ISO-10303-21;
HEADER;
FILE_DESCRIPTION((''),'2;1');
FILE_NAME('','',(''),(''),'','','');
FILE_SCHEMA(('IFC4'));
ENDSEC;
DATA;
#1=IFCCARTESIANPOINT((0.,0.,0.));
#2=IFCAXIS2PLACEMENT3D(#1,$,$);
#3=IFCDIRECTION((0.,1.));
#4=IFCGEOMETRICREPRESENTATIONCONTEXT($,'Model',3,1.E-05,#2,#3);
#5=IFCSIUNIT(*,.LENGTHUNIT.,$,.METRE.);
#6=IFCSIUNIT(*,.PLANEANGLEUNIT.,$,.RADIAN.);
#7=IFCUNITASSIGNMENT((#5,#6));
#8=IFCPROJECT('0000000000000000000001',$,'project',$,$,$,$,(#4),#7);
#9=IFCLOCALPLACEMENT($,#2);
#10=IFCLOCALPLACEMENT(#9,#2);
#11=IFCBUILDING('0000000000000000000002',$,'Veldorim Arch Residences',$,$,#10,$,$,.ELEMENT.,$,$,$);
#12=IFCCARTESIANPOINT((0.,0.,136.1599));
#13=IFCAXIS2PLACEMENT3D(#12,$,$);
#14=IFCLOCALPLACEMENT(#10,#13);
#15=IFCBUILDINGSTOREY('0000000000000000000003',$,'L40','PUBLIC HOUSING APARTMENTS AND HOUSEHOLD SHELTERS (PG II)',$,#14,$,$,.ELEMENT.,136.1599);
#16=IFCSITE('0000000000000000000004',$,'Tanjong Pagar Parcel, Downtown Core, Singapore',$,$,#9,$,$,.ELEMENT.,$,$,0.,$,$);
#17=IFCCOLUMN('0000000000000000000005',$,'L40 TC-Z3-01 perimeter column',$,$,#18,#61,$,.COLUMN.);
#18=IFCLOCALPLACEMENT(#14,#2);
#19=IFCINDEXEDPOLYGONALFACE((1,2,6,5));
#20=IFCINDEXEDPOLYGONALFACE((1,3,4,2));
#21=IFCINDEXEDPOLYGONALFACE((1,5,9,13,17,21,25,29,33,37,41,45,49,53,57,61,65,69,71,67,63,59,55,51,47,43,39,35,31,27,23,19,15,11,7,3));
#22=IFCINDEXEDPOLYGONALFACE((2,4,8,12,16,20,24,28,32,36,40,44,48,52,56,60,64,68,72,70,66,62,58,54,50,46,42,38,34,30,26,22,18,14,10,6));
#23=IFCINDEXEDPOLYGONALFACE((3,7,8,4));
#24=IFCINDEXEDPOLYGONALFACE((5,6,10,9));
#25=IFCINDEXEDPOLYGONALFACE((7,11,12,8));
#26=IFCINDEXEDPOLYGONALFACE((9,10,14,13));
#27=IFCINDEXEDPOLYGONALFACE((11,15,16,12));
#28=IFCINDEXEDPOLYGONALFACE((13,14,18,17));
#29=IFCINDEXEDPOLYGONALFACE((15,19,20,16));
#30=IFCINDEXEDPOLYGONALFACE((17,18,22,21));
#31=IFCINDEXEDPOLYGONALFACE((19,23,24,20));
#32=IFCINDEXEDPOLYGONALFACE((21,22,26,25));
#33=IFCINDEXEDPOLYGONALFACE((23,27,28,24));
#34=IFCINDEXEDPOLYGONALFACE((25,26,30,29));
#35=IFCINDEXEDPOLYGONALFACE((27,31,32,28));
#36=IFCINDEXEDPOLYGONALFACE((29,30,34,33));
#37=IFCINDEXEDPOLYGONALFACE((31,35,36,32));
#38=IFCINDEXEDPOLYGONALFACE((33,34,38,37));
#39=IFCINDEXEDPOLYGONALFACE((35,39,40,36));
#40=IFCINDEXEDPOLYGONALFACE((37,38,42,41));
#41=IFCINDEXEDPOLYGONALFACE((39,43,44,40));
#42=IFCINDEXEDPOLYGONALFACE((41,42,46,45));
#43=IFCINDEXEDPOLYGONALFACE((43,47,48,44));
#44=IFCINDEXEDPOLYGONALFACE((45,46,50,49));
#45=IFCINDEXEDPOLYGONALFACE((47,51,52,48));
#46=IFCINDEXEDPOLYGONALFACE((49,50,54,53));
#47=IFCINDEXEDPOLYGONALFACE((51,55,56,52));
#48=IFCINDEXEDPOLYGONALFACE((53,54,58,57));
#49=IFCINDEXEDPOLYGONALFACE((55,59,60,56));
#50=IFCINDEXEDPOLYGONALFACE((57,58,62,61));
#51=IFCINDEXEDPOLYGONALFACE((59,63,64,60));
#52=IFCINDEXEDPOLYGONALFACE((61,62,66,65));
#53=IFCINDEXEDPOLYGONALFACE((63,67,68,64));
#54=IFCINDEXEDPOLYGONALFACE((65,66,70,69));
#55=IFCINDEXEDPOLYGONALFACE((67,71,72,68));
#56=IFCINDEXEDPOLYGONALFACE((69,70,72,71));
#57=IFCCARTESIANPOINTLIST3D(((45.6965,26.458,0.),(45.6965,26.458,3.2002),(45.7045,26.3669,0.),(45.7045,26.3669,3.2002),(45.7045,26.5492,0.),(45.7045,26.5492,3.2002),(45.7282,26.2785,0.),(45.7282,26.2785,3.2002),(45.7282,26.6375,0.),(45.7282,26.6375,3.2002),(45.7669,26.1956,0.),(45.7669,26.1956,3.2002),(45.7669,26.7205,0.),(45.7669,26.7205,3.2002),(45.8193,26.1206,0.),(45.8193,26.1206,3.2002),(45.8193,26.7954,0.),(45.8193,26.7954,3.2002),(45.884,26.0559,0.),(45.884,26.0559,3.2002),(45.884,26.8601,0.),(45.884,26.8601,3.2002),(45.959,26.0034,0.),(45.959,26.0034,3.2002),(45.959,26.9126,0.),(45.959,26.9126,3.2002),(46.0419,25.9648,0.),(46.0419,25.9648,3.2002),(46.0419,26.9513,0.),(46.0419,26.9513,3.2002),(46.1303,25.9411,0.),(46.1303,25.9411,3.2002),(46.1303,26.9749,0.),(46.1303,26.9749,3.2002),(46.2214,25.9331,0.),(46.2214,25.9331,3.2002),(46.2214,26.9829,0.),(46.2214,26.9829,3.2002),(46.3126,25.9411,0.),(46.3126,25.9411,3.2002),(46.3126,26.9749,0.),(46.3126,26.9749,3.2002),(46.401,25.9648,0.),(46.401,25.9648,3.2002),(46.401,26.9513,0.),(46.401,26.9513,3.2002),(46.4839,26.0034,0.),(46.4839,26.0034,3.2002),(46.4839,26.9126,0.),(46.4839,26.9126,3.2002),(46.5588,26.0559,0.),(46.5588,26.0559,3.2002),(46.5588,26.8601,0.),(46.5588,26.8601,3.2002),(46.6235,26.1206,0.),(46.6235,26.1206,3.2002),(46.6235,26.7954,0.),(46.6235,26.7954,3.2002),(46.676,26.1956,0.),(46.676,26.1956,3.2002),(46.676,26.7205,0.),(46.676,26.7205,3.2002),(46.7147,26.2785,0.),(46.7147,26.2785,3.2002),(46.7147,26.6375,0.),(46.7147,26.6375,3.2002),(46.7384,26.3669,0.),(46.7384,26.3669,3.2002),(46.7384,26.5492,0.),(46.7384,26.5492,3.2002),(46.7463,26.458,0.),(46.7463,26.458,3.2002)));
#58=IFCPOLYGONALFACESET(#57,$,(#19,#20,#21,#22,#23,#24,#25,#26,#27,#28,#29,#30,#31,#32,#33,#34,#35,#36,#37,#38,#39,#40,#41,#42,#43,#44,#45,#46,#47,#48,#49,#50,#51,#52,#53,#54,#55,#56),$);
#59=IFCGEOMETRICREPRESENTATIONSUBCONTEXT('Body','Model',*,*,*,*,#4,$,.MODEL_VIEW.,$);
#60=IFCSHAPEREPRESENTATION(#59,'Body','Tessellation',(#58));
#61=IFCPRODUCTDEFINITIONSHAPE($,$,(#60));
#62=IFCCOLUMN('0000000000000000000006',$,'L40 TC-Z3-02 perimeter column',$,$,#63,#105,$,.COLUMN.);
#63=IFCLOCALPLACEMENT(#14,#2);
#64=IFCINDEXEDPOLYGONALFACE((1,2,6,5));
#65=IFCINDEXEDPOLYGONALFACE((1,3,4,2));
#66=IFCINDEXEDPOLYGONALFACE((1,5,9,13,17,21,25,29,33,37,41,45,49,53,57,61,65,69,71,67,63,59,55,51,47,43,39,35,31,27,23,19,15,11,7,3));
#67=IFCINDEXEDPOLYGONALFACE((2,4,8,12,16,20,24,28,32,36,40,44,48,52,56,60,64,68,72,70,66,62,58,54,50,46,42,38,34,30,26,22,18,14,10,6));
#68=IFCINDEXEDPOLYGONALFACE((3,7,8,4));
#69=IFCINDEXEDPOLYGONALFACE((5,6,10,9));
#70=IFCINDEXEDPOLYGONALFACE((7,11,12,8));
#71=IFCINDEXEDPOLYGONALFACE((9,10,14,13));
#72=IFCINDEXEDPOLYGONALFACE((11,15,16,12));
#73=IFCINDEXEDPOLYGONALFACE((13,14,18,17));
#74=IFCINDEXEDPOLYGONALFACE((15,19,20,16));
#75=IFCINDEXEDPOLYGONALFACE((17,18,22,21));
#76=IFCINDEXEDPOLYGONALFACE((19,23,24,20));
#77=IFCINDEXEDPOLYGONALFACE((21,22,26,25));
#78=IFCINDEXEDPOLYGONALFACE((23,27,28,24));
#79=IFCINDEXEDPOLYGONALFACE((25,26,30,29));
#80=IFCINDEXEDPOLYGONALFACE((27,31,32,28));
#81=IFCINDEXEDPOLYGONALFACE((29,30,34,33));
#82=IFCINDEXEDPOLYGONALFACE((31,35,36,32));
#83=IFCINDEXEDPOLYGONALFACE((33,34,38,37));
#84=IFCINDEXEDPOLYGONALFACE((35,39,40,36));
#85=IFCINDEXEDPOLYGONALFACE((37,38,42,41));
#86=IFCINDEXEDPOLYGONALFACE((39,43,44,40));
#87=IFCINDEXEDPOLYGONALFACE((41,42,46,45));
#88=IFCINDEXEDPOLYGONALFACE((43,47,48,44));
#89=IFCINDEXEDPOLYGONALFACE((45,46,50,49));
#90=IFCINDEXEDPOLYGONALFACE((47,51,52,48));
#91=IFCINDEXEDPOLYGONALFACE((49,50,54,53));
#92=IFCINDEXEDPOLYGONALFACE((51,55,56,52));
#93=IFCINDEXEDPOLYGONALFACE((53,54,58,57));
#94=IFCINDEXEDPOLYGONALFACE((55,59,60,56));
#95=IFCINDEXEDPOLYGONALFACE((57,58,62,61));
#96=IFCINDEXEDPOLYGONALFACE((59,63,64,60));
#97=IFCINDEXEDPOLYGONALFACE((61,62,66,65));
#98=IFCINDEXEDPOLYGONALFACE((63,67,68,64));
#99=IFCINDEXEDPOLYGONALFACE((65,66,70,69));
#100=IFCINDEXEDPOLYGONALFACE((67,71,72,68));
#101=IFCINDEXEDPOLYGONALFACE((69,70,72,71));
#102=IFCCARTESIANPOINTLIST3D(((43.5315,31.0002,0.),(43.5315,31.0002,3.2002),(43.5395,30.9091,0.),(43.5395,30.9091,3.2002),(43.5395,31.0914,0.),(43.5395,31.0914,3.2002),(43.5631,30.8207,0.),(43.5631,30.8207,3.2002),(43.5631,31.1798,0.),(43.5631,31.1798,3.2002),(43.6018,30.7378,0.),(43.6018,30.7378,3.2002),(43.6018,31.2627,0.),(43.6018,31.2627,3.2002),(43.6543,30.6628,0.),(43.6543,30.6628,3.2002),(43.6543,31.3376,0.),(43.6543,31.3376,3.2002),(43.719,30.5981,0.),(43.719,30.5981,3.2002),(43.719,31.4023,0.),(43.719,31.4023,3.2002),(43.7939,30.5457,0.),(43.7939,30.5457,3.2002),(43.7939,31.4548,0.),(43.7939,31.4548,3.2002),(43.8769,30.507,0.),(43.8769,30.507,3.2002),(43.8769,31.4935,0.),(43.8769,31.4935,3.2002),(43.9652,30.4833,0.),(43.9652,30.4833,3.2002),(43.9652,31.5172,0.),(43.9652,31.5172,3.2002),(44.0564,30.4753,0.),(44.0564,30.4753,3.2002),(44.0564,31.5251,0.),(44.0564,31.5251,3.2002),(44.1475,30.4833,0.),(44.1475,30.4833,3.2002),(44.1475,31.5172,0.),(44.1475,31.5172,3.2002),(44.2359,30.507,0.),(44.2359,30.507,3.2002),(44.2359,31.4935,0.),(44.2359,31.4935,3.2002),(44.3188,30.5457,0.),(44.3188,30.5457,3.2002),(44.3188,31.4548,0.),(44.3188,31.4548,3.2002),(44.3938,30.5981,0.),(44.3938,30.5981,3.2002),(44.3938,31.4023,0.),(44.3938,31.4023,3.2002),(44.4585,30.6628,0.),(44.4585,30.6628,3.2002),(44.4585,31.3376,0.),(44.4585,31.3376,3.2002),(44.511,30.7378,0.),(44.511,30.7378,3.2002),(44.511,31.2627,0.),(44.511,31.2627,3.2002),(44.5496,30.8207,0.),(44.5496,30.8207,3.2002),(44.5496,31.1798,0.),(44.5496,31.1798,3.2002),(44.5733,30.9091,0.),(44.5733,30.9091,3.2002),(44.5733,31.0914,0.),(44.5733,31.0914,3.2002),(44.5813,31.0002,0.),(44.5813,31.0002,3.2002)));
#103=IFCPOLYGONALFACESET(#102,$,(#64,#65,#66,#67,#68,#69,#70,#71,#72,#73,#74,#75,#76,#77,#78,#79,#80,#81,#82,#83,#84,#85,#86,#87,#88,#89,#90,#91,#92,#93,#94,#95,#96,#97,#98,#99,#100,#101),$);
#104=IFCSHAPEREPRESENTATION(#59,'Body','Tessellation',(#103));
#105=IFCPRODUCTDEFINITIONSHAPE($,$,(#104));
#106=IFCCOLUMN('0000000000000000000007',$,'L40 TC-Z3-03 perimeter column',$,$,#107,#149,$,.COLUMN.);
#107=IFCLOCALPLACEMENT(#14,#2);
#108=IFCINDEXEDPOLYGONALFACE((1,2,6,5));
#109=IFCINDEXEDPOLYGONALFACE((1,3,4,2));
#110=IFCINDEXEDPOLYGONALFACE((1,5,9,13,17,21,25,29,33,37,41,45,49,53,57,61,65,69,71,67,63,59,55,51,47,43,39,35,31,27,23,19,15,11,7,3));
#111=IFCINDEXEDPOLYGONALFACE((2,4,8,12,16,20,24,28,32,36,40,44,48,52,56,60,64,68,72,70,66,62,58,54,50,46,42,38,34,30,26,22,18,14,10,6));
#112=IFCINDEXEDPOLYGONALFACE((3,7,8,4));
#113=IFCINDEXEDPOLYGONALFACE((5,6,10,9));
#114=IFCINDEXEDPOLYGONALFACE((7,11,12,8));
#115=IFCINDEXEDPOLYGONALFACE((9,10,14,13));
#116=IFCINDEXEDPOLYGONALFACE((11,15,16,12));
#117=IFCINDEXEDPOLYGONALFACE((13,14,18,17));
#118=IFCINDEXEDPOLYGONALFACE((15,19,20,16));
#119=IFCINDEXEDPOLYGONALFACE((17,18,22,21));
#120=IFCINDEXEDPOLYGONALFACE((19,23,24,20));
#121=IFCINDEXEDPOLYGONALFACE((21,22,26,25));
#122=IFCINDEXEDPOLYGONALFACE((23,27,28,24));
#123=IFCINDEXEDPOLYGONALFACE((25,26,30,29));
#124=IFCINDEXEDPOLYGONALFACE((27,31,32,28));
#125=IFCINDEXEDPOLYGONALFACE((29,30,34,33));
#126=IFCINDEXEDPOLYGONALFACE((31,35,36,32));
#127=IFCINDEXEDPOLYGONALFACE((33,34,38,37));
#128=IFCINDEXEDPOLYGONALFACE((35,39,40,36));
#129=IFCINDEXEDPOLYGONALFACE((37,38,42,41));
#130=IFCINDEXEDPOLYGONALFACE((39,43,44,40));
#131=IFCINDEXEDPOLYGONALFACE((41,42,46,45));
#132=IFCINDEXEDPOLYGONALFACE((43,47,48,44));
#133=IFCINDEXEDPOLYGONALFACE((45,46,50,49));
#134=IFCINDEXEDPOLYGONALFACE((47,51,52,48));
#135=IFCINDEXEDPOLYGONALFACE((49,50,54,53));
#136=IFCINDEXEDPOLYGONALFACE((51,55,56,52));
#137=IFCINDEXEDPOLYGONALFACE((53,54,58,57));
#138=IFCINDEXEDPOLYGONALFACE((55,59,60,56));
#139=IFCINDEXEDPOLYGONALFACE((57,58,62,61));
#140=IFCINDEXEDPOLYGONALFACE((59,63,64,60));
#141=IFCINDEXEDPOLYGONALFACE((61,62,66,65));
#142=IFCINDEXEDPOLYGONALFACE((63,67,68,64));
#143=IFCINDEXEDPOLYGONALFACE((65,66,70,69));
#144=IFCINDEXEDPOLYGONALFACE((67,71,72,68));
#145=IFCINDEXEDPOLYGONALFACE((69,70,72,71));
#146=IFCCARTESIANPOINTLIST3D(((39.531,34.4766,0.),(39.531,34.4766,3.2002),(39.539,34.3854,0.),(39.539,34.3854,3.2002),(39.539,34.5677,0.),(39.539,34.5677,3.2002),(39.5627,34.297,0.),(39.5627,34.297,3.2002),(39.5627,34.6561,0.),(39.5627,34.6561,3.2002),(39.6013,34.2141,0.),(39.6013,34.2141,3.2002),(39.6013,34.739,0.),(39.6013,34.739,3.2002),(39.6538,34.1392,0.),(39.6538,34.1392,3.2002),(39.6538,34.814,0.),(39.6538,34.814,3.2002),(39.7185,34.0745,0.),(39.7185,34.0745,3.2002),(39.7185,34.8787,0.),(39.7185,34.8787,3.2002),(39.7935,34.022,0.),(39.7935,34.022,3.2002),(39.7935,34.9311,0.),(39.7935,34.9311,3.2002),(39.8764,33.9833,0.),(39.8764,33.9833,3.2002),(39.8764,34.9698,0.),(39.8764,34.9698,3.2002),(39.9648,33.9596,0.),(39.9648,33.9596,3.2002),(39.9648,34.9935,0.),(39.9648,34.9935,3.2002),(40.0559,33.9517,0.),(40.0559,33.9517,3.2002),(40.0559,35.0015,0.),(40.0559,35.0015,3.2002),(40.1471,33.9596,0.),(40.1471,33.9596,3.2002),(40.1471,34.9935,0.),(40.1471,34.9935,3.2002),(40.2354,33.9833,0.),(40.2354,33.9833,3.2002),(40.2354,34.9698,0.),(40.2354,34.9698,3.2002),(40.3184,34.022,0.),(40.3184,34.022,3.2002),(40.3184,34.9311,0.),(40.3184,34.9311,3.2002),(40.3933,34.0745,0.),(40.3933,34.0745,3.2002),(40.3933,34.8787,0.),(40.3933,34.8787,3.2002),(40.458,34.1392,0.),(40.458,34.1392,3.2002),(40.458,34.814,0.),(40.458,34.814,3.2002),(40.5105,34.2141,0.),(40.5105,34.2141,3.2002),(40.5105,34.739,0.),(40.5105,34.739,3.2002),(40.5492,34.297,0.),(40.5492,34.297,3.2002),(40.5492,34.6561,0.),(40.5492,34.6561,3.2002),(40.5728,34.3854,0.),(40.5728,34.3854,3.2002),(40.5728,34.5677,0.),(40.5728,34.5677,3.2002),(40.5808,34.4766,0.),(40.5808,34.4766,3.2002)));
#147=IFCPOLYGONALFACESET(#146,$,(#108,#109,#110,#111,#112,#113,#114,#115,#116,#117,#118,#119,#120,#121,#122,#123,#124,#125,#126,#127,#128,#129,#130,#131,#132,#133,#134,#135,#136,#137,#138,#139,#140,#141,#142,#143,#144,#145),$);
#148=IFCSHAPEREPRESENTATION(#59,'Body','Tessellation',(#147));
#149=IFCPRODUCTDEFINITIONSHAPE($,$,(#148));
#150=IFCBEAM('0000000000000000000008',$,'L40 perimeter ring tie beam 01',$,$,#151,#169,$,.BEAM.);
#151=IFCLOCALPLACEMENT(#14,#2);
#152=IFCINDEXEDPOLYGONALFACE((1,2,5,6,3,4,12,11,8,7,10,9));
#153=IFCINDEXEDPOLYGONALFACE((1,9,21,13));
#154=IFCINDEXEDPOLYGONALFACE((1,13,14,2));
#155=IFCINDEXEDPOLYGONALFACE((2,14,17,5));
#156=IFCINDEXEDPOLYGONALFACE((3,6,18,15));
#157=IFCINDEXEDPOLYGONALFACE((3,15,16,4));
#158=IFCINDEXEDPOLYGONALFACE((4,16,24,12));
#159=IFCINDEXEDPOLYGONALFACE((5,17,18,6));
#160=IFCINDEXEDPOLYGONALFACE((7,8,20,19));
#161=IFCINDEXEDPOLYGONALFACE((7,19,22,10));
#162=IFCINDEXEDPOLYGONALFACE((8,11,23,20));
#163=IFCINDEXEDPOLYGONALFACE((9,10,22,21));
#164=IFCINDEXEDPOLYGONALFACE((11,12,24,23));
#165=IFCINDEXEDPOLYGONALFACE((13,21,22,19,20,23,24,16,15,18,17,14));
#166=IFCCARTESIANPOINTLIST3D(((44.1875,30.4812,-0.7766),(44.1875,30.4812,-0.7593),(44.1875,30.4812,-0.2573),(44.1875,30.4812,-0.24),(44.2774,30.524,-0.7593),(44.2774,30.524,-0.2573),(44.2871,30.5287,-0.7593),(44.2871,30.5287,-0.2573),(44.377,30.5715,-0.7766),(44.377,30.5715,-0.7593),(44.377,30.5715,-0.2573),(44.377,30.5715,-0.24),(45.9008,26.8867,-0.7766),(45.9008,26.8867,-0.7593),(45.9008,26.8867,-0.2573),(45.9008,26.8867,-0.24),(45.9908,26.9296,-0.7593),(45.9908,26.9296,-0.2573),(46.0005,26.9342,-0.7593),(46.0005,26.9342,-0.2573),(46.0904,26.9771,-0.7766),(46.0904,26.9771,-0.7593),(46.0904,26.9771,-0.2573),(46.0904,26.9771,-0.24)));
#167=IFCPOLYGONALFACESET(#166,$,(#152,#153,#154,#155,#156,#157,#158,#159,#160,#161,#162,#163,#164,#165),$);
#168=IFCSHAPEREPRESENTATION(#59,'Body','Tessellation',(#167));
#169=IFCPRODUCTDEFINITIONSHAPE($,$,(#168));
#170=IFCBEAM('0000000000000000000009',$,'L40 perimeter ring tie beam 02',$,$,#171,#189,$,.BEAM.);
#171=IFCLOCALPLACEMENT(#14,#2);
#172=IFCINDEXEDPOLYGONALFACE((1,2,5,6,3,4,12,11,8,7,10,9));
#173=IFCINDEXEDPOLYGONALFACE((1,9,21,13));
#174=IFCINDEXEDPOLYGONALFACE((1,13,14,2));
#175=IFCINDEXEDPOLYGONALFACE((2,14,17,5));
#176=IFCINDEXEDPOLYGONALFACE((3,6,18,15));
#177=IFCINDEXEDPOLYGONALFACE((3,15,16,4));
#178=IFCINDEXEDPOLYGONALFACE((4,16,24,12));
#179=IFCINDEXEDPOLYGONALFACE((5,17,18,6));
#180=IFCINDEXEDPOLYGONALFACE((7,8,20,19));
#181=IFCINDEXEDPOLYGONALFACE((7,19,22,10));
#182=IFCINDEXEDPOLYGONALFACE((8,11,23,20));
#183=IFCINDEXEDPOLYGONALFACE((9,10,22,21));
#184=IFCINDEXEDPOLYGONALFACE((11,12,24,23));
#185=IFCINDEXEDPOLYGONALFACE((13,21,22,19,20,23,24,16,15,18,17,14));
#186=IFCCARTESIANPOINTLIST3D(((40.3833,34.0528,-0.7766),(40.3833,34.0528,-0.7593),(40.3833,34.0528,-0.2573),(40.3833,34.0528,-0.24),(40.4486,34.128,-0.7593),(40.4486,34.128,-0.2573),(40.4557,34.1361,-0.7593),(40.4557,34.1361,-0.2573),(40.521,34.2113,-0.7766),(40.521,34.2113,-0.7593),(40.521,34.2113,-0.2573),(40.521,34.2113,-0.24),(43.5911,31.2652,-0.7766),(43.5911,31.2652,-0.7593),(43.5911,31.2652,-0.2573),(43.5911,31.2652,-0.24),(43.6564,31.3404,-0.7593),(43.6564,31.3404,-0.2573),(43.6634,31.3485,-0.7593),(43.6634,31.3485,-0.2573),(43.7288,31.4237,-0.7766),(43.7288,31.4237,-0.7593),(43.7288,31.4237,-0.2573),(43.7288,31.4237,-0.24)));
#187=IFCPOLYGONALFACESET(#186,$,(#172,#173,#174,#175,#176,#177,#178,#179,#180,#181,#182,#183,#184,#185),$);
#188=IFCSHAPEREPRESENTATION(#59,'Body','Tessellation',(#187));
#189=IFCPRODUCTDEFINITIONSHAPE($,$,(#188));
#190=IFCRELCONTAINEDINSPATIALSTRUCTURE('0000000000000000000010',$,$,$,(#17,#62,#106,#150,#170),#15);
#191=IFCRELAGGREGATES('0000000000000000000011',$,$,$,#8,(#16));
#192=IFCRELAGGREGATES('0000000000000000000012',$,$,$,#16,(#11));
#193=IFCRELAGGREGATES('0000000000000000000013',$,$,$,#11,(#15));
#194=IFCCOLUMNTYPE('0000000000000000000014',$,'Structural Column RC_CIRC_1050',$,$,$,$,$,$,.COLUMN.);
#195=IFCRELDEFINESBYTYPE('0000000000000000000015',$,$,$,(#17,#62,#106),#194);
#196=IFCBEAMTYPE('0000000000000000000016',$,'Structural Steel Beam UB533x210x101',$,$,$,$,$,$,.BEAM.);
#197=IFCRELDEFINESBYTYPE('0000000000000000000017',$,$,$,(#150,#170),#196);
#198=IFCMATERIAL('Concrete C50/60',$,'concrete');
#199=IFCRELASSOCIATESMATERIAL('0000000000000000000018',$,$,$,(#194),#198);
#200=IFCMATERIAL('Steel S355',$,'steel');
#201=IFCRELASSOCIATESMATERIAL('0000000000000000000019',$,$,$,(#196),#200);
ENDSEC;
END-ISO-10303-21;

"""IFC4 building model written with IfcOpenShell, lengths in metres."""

from ifc_helpers import new_model, si_unit, direction, frame, origin, origin_2d, place, context, subcontext, project, spatial, circle, i_section, extrude, material, material_profile, profile_set, type_object, element, save


model = new_model("IFC4")

# Units and contexts
model_context = context("Model", 3, precision=1e-05, world=origin(), true_north=direction((0.0, 1.0)))
body_context = subcontext(model_context, "Body", "Model", "MODEL_VIEW")
ifc_project = project(units=[si_unit("LENGTHUNIT", "METRE"), si_unit("PLANEANGLEUNIT", "RADIAN")], contexts=[model_context])

# Site, building, storey
site_placement = place(None, origin())
site = spatial("IfcSite", under=ifc_project, at=site_placement, Name="Tanjong Pagar Parcel, Downtown Core, Singapore", CompositionType="ELEMENT", RefElevation=0.0)
building_placement = place(site_placement, origin())
building = spatial("IfcBuilding", under=site, at=building_placement, Name="Veldorim Arch Residences", CompositionType="ELEMENT")
storey_placement = place(building_placement, frame((0.0, 0.0, 136.1599)))
storey = spatial("IfcBuildingStorey", under=building, at=storey_placement, Name="L40", Description="PUBLIC HOUSING APARTMENTS AND HOUSEHOLD SHELTERS (PG II)", CompositionType="ELEMENT", Elevation=136.1599)

# Columns
ifc_material_1 = material(Name="Concrete C50/60", Category="concrete")
ifc_material_profile_1 = material_profile(ifc_material_1, circle(Radius=0.5249, at=origin_2d()), Name="RC_CIRC_1050")
ifc_profile_set_1 = profile_set([ifc_material_profile_1], Name="Concrete C50/60")
column_type = type_object("IfcColumnType", Name="Structural Column RC_CIRC_1050", PredefinedType="COLUMN", material=ifc_profile_set_1)
for number, where, z_axis, x_axis, name in (
    (1, (46.2214, 26.458, 0.0), (0.0, 0.0, 1.0), (1.0, 0.0, 0.0), "L40 TC-Z3-01 perimeter column"),
    (2, (44.0564, 31.0002, 0.0), (0.0, 0.0, 1.0), (1.0, 0.0, 0.0), "L40 TC-Z3-02 perimeter column"),
    (3, (40.0559, 34.4766, 0.0), (0.0, 0.0, 1.0), (1.0, 0.0, 0.0), "L40 TC-Z3-03 perimeter column"),
):
    element("IfcColumn", number, at=place(storey_placement, frame(where, z_axis=z_axis, x_axis=x_axis)), inside=storey, type_object=column_type, Name=name, PredefinedType="COLUMN", context=body_context, shape_type="SweptSolid", body=[
        extrude(circle(Radius=0.5249, at=origin_2d()), origin(), (0.0, 0.0, 1.0), 3.2002),
    ])

# Beams
ifc_material_2 = material(Name="Steel S355", Category="steel")
ifc_material_profile_2 = material_profile(ifc_material_2, i_section(OverallWidth=0.21, OverallDepth=0.5366, WebThickness=0.0107, FlangeThickness=0.0173, at=origin_2d()), Name="UB533x210x101")
ifc_profile_set_2 = profile_set([ifc_material_profile_2], Name="Steel S355")
beam_type_1 = type_object("IfcBeamType", Name="Structural Steel Beam UB533x210x101", PredefinedType="BEAM", material=ifc_profile_set_2)
beam_1_placement = place(storey_placement, frame((45.9956, 26.9319, -0.5083), z_axis=(-0.430286, 0.902693, 0.0), x_axis=(-0.902693, -0.430286, 0.0)))
element("IfcBeam", 4, at=beam_1_placement, inside=storey, type_object=beam_type_1, Name="L40 perimeter ring tie beam 01", PredefinedType="BEAM", context=body_context, shape_type="SweptSolid", body=[
    extrude(i_section(OverallWidth=0.21, OverallDepth=0.5366, WebThickness=0.0107, FlangeThickness=0.0173, at=origin_2d()), origin(), (0.0, 0.0, 1.0), 3.9819),
])
beam_2_placement = place(storey_placement, frame((43.6599, 31.3445, -0.5083), z_axis=(-0.754811, 0.655943, 0.0), x_axis=(-0.655943, -0.754811, 0.0)))
element("IfcBeam", 5, at=beam_2_placement, inside=storey, type_object=beam_type_1, Name="L40 perimeter ring tie beam 02", PredefinedType="BEAM", context=body_context, shape_type="SweptSolid", body=[
    extrude(i_section(OverallWidth=0.21, OverallDepth=0.5366, WebThickness=0.0107, FlangeThickness=0.0173, at=origin_2d()), origin(), (0.0, 0.0, 1.0), 4.2498),
])

save(model, "model.ifc")
